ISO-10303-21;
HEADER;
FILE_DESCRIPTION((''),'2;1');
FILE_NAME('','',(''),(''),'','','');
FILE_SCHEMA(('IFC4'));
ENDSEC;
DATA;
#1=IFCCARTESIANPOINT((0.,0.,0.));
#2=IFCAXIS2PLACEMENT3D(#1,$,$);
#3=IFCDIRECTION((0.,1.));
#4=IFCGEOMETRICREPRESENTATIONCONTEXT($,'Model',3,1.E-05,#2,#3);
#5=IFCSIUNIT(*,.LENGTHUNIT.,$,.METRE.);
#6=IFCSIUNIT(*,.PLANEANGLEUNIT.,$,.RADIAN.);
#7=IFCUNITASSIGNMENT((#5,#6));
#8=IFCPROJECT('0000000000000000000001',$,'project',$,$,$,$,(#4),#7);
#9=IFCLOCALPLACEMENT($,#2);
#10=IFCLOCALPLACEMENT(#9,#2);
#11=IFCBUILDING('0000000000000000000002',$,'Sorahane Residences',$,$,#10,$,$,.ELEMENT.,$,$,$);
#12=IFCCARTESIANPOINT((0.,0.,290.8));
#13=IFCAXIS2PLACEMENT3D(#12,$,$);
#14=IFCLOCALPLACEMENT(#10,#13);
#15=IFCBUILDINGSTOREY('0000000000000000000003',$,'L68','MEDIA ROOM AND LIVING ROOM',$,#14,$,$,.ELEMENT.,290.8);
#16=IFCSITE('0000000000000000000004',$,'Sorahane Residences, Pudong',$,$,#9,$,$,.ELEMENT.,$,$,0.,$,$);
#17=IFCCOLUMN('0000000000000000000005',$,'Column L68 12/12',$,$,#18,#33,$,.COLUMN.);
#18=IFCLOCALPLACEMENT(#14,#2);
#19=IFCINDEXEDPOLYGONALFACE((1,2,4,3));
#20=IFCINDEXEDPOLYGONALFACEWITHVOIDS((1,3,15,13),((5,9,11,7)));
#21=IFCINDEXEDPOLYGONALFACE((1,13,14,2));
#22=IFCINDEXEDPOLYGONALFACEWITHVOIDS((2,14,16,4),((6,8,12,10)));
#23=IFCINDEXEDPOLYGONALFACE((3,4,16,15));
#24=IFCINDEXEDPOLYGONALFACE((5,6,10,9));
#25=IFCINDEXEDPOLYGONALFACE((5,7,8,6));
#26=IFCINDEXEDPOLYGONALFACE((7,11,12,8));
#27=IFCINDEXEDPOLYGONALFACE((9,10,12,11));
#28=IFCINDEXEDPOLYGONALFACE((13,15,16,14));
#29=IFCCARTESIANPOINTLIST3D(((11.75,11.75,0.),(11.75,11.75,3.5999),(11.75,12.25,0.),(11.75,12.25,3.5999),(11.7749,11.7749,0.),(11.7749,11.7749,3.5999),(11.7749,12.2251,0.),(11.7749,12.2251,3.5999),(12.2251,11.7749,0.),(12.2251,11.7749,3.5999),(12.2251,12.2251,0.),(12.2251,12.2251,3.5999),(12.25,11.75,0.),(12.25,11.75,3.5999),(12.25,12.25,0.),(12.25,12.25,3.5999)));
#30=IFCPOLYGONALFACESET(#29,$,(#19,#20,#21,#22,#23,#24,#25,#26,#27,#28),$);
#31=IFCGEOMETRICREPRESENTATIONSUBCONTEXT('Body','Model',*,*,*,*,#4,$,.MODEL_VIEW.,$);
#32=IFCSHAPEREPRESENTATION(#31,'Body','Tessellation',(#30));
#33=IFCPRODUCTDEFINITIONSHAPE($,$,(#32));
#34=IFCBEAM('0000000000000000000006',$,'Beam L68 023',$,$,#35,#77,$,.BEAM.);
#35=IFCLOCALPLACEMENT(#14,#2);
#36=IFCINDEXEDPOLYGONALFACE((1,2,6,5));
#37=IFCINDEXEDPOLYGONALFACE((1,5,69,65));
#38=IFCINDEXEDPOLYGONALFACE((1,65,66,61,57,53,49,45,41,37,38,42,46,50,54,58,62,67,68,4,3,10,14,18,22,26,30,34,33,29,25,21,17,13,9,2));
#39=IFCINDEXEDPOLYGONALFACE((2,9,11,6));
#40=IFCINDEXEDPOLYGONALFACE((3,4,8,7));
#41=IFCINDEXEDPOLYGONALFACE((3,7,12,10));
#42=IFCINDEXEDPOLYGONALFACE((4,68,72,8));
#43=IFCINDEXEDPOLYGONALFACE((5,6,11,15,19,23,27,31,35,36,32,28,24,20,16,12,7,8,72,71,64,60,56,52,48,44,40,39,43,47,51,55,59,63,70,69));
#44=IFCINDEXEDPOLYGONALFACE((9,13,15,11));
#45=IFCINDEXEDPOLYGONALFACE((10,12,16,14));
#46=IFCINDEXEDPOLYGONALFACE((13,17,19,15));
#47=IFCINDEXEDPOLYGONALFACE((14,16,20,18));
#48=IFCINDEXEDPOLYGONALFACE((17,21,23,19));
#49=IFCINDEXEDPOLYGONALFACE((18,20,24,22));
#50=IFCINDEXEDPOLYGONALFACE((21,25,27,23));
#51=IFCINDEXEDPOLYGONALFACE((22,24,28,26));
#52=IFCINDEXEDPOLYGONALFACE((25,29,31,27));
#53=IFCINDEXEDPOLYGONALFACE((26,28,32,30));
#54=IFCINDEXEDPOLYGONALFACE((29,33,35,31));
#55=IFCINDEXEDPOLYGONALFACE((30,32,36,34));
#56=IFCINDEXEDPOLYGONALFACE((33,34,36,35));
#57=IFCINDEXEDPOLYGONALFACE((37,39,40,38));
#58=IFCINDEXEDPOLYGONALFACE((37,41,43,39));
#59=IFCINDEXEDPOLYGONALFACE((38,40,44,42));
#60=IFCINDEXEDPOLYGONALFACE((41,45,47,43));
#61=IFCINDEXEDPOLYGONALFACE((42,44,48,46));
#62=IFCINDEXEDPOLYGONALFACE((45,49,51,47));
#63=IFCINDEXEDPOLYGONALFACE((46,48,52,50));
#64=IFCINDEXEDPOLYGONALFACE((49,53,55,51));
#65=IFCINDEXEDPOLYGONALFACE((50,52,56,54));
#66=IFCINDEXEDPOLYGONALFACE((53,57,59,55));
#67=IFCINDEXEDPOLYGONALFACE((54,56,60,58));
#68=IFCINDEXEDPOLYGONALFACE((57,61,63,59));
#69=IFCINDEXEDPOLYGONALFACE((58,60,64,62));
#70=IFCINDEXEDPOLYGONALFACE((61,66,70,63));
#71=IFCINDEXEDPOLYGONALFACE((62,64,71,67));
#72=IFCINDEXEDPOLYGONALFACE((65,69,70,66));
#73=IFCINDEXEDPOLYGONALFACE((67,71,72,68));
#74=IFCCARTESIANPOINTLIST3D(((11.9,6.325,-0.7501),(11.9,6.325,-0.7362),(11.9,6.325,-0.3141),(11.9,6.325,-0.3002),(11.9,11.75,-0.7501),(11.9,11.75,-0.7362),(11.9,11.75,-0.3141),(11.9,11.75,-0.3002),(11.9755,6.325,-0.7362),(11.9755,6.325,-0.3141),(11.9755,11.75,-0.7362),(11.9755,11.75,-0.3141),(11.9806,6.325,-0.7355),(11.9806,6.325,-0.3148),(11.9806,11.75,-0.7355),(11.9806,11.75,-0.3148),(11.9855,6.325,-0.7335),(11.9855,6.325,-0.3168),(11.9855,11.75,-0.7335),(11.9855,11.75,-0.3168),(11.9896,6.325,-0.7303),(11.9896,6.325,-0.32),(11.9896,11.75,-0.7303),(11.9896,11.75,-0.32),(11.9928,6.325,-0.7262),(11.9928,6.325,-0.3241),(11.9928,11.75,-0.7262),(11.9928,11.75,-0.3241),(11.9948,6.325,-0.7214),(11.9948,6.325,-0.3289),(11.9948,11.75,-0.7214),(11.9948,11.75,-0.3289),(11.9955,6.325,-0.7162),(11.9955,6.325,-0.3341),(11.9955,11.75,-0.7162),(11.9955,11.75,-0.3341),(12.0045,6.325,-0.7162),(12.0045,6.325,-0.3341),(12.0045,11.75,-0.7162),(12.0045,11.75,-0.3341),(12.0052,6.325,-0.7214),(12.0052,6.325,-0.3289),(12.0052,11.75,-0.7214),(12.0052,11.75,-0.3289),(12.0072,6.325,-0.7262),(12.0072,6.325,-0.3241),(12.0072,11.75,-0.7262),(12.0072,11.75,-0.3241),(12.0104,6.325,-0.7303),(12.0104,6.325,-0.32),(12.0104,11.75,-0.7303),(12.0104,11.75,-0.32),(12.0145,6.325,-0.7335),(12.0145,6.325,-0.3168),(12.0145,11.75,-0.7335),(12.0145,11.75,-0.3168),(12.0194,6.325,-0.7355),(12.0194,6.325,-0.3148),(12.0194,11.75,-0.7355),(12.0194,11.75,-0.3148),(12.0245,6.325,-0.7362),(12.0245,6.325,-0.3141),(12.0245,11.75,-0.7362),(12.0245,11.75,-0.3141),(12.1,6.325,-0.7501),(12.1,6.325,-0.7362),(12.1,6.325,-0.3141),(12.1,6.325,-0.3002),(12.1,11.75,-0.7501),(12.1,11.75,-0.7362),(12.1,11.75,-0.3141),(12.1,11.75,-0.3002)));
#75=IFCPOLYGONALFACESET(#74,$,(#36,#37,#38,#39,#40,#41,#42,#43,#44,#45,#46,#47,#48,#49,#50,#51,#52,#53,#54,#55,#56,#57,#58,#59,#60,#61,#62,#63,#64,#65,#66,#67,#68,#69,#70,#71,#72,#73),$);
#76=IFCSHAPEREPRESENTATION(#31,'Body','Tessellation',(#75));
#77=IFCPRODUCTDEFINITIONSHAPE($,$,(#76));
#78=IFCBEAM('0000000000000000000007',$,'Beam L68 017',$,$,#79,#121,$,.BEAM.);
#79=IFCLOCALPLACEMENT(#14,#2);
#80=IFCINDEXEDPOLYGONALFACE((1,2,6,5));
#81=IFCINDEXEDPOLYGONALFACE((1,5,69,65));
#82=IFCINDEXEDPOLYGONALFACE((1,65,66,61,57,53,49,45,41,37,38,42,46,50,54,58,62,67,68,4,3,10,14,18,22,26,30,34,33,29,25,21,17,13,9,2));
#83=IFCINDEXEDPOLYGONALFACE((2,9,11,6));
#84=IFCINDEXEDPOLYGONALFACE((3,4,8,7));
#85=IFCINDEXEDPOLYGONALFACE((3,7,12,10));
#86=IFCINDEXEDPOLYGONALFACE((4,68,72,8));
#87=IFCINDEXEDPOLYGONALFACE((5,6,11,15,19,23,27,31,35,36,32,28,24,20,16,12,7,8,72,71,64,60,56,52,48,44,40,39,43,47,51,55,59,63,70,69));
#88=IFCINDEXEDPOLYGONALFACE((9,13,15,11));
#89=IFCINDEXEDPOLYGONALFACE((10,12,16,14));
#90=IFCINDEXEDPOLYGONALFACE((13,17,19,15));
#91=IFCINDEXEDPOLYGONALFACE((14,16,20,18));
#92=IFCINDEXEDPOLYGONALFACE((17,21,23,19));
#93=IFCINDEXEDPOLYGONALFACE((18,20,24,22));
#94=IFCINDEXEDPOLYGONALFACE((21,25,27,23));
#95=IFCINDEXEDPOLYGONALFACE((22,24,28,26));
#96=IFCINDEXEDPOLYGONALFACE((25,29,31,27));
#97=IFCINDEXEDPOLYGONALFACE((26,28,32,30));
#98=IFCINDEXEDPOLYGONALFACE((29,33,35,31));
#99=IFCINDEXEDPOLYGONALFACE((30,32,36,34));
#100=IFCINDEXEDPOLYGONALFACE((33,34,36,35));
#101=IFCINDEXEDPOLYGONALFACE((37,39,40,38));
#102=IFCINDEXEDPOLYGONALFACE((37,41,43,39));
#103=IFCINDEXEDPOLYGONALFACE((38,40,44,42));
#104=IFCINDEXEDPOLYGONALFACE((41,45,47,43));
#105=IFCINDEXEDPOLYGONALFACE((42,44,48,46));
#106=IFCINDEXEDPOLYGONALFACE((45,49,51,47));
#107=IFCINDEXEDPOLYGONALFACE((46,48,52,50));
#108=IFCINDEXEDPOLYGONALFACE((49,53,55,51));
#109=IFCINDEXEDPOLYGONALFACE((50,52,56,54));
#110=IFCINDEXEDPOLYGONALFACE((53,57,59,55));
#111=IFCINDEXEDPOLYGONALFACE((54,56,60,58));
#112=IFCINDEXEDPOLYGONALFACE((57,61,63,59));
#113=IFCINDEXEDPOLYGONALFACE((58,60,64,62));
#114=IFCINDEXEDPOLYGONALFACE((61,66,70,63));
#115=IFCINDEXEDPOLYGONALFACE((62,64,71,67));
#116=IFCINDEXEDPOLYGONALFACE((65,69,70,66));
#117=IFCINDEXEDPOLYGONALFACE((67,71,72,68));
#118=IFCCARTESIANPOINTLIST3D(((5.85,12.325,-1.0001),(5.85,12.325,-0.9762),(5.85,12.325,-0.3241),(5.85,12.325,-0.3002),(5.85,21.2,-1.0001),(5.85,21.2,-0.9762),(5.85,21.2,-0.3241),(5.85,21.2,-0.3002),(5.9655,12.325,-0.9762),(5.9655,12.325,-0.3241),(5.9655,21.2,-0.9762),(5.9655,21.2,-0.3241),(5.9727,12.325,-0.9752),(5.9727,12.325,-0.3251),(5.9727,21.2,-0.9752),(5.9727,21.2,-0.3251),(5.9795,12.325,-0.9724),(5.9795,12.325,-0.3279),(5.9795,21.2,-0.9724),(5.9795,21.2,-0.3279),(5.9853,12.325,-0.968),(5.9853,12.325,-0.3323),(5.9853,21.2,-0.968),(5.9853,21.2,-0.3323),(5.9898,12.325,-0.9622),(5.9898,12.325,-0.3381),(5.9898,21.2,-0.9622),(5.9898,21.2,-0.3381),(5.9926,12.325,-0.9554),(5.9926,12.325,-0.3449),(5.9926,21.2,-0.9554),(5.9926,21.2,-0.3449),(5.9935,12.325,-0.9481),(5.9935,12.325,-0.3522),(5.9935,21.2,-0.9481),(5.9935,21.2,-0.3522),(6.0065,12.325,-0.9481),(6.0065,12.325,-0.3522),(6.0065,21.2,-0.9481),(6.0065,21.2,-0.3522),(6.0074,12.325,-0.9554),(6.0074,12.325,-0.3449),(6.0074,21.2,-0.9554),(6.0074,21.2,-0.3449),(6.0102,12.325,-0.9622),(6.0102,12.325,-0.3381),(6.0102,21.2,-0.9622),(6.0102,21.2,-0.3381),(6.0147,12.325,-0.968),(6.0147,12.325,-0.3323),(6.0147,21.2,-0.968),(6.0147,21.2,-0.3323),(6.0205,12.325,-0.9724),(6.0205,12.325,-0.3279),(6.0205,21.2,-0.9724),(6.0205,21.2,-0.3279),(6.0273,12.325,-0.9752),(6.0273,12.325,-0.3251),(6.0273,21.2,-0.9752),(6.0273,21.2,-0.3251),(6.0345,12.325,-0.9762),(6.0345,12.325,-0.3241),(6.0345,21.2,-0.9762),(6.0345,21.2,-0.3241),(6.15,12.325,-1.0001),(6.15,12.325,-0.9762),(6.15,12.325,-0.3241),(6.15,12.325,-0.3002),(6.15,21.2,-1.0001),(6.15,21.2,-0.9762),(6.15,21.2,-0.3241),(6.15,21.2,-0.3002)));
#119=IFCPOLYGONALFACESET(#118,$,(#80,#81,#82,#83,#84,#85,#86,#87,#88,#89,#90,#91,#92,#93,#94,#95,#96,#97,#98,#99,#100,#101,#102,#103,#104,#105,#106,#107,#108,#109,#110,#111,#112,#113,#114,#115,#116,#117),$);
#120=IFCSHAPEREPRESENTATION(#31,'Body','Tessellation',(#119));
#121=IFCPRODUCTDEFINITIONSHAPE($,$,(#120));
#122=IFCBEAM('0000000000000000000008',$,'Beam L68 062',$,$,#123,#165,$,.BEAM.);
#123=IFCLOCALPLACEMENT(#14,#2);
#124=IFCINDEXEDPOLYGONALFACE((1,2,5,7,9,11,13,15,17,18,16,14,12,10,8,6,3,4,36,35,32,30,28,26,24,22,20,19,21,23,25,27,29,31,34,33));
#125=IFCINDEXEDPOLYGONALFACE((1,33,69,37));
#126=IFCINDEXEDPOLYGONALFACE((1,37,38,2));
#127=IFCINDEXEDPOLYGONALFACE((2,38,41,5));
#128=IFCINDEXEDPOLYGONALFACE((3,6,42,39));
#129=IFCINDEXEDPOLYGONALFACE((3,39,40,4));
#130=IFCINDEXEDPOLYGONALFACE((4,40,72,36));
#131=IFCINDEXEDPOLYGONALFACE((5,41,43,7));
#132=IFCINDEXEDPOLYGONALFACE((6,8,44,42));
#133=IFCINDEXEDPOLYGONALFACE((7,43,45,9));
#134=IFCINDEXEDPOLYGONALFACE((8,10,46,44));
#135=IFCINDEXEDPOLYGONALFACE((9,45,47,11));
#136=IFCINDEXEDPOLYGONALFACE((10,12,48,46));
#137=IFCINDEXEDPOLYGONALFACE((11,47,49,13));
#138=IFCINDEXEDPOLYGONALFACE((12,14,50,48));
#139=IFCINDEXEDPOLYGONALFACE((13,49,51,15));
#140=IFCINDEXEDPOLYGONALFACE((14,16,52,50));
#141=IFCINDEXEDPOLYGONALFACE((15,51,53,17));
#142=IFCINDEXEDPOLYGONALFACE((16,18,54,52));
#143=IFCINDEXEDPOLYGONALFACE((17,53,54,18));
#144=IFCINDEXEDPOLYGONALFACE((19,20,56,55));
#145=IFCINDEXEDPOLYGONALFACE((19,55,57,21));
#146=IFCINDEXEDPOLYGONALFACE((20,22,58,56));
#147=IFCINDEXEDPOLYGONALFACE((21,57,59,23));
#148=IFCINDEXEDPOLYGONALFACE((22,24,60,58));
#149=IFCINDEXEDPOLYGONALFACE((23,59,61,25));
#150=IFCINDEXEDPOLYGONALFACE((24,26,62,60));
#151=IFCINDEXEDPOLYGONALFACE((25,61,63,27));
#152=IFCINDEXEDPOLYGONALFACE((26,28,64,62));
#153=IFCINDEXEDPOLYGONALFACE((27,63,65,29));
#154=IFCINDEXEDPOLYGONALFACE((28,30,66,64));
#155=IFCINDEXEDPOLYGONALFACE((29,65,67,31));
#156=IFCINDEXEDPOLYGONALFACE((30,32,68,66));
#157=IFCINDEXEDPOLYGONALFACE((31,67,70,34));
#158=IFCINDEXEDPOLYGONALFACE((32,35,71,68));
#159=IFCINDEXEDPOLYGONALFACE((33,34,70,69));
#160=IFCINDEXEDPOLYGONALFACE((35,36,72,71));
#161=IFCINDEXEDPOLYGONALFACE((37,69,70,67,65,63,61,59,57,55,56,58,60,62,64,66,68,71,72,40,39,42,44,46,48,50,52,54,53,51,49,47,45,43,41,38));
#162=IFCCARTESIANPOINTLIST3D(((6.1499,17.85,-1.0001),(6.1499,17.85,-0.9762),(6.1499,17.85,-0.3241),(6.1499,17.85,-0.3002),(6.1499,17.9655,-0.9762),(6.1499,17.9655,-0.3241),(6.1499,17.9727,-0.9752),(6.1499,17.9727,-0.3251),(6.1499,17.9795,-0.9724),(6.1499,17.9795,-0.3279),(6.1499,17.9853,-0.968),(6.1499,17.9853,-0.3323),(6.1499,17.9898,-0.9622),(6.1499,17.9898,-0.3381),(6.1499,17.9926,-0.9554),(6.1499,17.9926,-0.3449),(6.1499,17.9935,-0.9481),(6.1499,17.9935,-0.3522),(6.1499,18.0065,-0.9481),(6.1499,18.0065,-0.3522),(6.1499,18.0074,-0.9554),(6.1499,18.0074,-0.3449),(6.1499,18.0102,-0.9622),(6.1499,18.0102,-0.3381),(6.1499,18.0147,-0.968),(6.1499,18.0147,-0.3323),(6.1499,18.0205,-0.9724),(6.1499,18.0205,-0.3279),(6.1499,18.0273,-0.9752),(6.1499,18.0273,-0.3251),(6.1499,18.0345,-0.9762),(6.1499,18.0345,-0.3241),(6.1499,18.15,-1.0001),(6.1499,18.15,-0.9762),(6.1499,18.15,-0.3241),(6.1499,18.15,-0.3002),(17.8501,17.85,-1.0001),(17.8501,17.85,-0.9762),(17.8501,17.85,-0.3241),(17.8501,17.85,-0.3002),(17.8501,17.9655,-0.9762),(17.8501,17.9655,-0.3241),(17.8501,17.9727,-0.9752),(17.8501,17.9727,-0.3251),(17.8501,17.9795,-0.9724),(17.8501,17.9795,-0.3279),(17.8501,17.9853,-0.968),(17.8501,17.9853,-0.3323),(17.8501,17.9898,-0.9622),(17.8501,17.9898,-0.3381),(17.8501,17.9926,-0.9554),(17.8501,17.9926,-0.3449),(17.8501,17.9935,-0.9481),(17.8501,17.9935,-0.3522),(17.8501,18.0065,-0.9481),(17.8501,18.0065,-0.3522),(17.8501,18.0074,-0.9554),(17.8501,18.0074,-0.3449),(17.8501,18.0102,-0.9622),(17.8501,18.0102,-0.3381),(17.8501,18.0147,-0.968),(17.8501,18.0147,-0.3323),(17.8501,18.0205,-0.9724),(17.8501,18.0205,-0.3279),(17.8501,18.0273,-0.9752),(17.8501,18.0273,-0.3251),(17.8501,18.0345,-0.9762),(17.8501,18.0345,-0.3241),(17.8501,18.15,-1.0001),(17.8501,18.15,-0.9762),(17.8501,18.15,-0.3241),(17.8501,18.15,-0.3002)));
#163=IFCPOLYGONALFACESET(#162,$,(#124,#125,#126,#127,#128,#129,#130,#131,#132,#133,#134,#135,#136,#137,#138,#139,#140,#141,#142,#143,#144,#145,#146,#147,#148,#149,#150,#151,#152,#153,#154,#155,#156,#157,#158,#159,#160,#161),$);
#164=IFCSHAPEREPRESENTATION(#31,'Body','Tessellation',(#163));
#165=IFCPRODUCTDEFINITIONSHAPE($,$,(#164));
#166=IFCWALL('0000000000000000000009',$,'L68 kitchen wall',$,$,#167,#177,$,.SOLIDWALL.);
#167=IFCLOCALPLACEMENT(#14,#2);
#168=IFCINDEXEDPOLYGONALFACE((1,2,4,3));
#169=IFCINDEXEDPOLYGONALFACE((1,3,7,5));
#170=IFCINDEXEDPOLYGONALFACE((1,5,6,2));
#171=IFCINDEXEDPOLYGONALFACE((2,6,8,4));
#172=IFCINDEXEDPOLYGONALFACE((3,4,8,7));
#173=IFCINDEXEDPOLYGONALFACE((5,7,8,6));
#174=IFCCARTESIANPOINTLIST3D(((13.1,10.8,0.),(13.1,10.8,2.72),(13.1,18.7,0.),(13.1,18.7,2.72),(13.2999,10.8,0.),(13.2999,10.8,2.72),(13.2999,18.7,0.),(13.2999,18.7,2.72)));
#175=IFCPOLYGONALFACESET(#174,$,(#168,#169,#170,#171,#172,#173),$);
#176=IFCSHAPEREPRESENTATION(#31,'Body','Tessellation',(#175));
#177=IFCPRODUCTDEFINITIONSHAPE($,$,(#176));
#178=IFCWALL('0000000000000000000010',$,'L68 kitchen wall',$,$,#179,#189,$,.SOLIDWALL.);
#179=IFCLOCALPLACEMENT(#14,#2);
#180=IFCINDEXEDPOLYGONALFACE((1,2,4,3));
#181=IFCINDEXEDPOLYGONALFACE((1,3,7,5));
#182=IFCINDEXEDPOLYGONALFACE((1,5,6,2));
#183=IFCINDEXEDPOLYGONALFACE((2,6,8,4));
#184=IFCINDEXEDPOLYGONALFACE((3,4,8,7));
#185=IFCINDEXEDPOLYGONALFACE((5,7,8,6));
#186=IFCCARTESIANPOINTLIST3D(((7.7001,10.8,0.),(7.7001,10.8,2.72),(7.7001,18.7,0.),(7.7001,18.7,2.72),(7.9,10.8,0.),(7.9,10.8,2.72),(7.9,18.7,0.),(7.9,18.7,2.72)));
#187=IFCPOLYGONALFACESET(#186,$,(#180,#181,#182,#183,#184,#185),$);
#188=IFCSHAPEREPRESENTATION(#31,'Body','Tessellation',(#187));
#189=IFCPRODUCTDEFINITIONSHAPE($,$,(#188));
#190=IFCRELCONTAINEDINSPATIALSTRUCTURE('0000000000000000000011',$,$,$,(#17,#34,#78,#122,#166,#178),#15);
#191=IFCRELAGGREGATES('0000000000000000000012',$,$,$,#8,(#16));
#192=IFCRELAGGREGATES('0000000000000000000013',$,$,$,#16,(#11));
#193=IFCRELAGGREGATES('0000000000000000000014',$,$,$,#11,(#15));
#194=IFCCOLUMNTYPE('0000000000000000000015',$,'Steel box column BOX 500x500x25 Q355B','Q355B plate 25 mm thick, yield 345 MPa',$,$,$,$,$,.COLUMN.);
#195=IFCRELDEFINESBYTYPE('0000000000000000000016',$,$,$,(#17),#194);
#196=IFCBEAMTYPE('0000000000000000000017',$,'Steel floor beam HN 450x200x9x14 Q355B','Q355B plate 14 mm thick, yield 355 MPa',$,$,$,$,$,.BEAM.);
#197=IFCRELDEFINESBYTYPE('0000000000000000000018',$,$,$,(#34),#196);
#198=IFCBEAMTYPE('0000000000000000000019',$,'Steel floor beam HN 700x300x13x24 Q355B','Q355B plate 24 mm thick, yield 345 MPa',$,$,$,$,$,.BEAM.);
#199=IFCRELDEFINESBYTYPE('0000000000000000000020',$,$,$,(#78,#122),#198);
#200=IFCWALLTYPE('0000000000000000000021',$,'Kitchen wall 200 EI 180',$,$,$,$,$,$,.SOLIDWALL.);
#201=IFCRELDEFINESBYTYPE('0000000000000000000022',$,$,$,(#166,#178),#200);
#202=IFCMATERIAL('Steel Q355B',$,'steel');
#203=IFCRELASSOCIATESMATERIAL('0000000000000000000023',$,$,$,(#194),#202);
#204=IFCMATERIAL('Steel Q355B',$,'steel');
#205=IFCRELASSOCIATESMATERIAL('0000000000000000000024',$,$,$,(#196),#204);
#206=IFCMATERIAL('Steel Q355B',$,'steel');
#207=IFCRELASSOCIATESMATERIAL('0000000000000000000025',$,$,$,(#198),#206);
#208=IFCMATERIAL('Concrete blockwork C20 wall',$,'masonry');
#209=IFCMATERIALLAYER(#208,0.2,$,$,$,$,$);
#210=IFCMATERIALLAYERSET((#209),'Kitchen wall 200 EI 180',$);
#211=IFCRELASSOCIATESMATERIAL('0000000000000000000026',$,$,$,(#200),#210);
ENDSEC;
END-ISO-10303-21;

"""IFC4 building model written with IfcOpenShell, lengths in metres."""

from ifc_helpers import new_model, si_unit, direction, frame, frame_2d, origin, origin_2d, place, context, subcontext, project, spatial, rectangle, hollow_rectangle, i_section, extrude, material, layer, layer_set, material_profile, profile_set, type_object, element, save


model = new_model("IFC4")

# Units and contexts
model_context = context("Model", 3, precision=1e-05, world=origin(), true_north=direction((0.0, 1.0)))
body_context = subcontext(model_context, "Body", "Model", "MODEL_VIEW")
ifc_project = project(units=[si_unit("LENGTHUNIT", "METRE"), si_unit("PLANEANGLEUNIT", "RADIAN")], contexts=[model_context])

# Site, building, storey
site_placement = place(None, origin())
site = spatial("IfcSite", under=ifc_project, at=site_placement, Name="Sorahane Residences, Pudong", CompositionType="ELEMENT", RefElevation=0.0)
building_placement = place(site_placement, origin())
building = spatial("IfcBuilding", under=site, at=building_placement, Name="Sorahane Residences", CompositionType="ELEMENT")
storey_placement = place(building_placement, frame((0.0, 0.0, 290.8)))
storey = spatial("IfcBuildingStorey", under=building, at=storey_placement, Name="L68", Description="MEDIA ROOM AND LIVING ROOM", CompositionType="ELEMENT", Elevation=290.8)

# Column
ifc_material_1 = material(Name="Steel Q355B", Category="steel")
ifc_material_profile_1 = material_profile(ifc_material_1, hollow_rectangle(XDim=0.5, YDim=0.5, WallThickness=0.0249, at=origin_2d()), Name="BOX 500x500x25")
ifc_profile_set_1 = profile_set([ifc_material_profile_1], Name="Steel Q355B")
column_type = type_object("IfcColumnType", Name="Steel box column BOX 500x500x25 Q355B", Description="Q355B plate 25 mm thick, yield 345 MPa", PredefinedType="COLUMN", material=ifc_profile_set_1)
column_placement = place(storey_placement, frame((12.0, 12.0, 0.0), z_axis=(0.0, 0.0, 1.0), x_axis=(1.0, 0.0, 0.0)))
element("IfcColumn", 1, at=column_placement, inside=storey, type_object=column_type, Name="Column L68 12/12", PredefinedType="COLUMN", context=body_context, shape_type="SweptSolid", body=[
    extrude(hollow_rectangle(XDim=0.5, YDim=0.5, WallThickness=0.0249, at=origin_2d()), origin(), (0.0, 0.0, 1.0), 3.5999),
])

# Beams
ifc_material_2 = material(Name="Steel Q355B", Category="steel")
ifc_material_profile_2 = material_profile(ifc_material_2, i_section(OverallWidth=0.2, OverallDepth=0.45, WebThickness=0.009, FlangeThickness=0.0139, FilletRadius=0.02, at=origin_2d()), Name="HN 450x200x9x14")
ifc_profile_set_2 = profile_set([ifc_material_profile_2], Name="Steel Q355B")
beam_type_1 = type_object("IfcBeamType", Name="Steel floor beam HN 450x200x9x14 Q355B", Description="Q355B plate 14 mm thick, yield 355 MPa", PredefinedType="BEAM", material=ifc_profile_set_2)
beam_1_placement = place(storey_placement, frame((12.0, 6.325, -0.5251), z_axis=(0.0, 1.0, 0.0), x_axis=(-1.0, 0.0, 0.0)))
element("IfcBeam", 2, at=beam_1_placement, inside=storey, type_object=beam_type_1, Name="Beam L68 023", PredefinedType="BEAM", context=body_context, shape_type="SweptSolid", body=[
    extrude(i_section(OverallWidth=0.2, OverallDepth=0.45, WebThickness=0.009, FlangeThickness=0.0139, FilletRadius=0.02, at=origin_2d()), origin(), (0.0, 0.0, 1.0), 5.425),
])
ifc_material_3 = material(Name="Steel Q355B", Category="steel")
ifc_material_profile_3 = material_profile(ifc_material_3, i_section(OverallWidth=0.3, OverallDepth=0.7, WebThickness=0.0129, FlangeThickness=0.0239, FilletRadius=0.0281, at=origin_2d()), Name="HN 700x300x13x24")
ifc_profile_set_3 = profile_set([ifc_material_profile_3], Name="Steel Q355B")
beam_type_2 = type_object("IfcBeamType", Name="Steel floor beam HN 700x300x13x24 Q355B", Description="Q355B plate 24 mm thick, yield 345 MPa", PredefinedType="BEAM", material=ifc_profile_set_3)
beam_2_placement = place(storey_placement, frame((6.0, 12.325, -0.6501), z_axis=(0.0, 1.0, 0.0), x_axis=(-1.0, 0.0, 0.0)))
element("IfcBeam", 3, at=beam_2_placement, inside=storey, type_object=beam_type_2, Name="Beam L68 017", PredefinedType="BEAM", context=body_context, shape_type="SweptSolid", body=[
    extrude(i_section(OverallWidth=0.3, OverallDepth=0.7, WebThickness=0.0129, FlangeThickness=0.0239, FilletRadius=0.0281, at=origin_2d()), origin(), (0.0, 0.0, 1.0), 8.875),
])
beam_3_placement = place(storey_placement, frame((6.1499, 18.0, -0.6501), z_axis=(1.0, 0.0, 0.0), x_axis=(0.0, 1.0, 0.0)))
element("IfcBeam", 4, at=beam_3_placement, inside=storey, type_object=beam_type_2, Name="Beam L68 062", PredefinedType="BEAM", context=body_context, shape_type="SweptSolid", body=[
    extrude(i_section(OverallWidth=0.3, OverallDepth=0.7, WebThickness=0.0129, FlangeThickness=0.0239, FilletRadius=0.0281, at=origin_2d()), origin(), (0.0, 0.0, 1.0), 11.7002),
])

# Walls
ifc_material_4 = material(Name="Concrete blockwork C20 wall", Category="masonry")
ifc_layer_1 = layer(ifc_material_4, 0.2)
ifc_layer_set_1 = layer_set([ifc_layer_1], Name="Kitchen wall 200 EI 180")
wall_type_1 = type_object("IfcWallType", Name="Kitchen wall 200 EI 180", PredefinedType="SOLIDWALL", material=ifc_layer_set_1)
for number, where, z_axis, x_axis, name in (
    (5, (13.2, 10.8, 0.0), (0.0, 0.0, 1.0), (0.0, 1.0, 0.0), "L68 kitchen wall"),
    (6, (7.8, 10.8, 0.0), (0.0, 0.0, 1.0), (0.0, 1.0, 0.0), "L68 kitchen wall"),
):
    element("IfcWall", number, at=place(storey_placement, frame(where, z_axis=z_axis, x_axis=x_axis)), inside=storey, type_object=wall_type_1, Name=name, PredefinedType="SOLIDWALL", context=body_context, shape_type="SweptSolid", body=[
        extrude(rectangle(XDim=7.8999, YDim=0.2, at=frame_2d((3.95, 0.0))), origin(), (0.0, 0.0, 1.0), 2.72),
    ])

save(model, "model.ifc")
